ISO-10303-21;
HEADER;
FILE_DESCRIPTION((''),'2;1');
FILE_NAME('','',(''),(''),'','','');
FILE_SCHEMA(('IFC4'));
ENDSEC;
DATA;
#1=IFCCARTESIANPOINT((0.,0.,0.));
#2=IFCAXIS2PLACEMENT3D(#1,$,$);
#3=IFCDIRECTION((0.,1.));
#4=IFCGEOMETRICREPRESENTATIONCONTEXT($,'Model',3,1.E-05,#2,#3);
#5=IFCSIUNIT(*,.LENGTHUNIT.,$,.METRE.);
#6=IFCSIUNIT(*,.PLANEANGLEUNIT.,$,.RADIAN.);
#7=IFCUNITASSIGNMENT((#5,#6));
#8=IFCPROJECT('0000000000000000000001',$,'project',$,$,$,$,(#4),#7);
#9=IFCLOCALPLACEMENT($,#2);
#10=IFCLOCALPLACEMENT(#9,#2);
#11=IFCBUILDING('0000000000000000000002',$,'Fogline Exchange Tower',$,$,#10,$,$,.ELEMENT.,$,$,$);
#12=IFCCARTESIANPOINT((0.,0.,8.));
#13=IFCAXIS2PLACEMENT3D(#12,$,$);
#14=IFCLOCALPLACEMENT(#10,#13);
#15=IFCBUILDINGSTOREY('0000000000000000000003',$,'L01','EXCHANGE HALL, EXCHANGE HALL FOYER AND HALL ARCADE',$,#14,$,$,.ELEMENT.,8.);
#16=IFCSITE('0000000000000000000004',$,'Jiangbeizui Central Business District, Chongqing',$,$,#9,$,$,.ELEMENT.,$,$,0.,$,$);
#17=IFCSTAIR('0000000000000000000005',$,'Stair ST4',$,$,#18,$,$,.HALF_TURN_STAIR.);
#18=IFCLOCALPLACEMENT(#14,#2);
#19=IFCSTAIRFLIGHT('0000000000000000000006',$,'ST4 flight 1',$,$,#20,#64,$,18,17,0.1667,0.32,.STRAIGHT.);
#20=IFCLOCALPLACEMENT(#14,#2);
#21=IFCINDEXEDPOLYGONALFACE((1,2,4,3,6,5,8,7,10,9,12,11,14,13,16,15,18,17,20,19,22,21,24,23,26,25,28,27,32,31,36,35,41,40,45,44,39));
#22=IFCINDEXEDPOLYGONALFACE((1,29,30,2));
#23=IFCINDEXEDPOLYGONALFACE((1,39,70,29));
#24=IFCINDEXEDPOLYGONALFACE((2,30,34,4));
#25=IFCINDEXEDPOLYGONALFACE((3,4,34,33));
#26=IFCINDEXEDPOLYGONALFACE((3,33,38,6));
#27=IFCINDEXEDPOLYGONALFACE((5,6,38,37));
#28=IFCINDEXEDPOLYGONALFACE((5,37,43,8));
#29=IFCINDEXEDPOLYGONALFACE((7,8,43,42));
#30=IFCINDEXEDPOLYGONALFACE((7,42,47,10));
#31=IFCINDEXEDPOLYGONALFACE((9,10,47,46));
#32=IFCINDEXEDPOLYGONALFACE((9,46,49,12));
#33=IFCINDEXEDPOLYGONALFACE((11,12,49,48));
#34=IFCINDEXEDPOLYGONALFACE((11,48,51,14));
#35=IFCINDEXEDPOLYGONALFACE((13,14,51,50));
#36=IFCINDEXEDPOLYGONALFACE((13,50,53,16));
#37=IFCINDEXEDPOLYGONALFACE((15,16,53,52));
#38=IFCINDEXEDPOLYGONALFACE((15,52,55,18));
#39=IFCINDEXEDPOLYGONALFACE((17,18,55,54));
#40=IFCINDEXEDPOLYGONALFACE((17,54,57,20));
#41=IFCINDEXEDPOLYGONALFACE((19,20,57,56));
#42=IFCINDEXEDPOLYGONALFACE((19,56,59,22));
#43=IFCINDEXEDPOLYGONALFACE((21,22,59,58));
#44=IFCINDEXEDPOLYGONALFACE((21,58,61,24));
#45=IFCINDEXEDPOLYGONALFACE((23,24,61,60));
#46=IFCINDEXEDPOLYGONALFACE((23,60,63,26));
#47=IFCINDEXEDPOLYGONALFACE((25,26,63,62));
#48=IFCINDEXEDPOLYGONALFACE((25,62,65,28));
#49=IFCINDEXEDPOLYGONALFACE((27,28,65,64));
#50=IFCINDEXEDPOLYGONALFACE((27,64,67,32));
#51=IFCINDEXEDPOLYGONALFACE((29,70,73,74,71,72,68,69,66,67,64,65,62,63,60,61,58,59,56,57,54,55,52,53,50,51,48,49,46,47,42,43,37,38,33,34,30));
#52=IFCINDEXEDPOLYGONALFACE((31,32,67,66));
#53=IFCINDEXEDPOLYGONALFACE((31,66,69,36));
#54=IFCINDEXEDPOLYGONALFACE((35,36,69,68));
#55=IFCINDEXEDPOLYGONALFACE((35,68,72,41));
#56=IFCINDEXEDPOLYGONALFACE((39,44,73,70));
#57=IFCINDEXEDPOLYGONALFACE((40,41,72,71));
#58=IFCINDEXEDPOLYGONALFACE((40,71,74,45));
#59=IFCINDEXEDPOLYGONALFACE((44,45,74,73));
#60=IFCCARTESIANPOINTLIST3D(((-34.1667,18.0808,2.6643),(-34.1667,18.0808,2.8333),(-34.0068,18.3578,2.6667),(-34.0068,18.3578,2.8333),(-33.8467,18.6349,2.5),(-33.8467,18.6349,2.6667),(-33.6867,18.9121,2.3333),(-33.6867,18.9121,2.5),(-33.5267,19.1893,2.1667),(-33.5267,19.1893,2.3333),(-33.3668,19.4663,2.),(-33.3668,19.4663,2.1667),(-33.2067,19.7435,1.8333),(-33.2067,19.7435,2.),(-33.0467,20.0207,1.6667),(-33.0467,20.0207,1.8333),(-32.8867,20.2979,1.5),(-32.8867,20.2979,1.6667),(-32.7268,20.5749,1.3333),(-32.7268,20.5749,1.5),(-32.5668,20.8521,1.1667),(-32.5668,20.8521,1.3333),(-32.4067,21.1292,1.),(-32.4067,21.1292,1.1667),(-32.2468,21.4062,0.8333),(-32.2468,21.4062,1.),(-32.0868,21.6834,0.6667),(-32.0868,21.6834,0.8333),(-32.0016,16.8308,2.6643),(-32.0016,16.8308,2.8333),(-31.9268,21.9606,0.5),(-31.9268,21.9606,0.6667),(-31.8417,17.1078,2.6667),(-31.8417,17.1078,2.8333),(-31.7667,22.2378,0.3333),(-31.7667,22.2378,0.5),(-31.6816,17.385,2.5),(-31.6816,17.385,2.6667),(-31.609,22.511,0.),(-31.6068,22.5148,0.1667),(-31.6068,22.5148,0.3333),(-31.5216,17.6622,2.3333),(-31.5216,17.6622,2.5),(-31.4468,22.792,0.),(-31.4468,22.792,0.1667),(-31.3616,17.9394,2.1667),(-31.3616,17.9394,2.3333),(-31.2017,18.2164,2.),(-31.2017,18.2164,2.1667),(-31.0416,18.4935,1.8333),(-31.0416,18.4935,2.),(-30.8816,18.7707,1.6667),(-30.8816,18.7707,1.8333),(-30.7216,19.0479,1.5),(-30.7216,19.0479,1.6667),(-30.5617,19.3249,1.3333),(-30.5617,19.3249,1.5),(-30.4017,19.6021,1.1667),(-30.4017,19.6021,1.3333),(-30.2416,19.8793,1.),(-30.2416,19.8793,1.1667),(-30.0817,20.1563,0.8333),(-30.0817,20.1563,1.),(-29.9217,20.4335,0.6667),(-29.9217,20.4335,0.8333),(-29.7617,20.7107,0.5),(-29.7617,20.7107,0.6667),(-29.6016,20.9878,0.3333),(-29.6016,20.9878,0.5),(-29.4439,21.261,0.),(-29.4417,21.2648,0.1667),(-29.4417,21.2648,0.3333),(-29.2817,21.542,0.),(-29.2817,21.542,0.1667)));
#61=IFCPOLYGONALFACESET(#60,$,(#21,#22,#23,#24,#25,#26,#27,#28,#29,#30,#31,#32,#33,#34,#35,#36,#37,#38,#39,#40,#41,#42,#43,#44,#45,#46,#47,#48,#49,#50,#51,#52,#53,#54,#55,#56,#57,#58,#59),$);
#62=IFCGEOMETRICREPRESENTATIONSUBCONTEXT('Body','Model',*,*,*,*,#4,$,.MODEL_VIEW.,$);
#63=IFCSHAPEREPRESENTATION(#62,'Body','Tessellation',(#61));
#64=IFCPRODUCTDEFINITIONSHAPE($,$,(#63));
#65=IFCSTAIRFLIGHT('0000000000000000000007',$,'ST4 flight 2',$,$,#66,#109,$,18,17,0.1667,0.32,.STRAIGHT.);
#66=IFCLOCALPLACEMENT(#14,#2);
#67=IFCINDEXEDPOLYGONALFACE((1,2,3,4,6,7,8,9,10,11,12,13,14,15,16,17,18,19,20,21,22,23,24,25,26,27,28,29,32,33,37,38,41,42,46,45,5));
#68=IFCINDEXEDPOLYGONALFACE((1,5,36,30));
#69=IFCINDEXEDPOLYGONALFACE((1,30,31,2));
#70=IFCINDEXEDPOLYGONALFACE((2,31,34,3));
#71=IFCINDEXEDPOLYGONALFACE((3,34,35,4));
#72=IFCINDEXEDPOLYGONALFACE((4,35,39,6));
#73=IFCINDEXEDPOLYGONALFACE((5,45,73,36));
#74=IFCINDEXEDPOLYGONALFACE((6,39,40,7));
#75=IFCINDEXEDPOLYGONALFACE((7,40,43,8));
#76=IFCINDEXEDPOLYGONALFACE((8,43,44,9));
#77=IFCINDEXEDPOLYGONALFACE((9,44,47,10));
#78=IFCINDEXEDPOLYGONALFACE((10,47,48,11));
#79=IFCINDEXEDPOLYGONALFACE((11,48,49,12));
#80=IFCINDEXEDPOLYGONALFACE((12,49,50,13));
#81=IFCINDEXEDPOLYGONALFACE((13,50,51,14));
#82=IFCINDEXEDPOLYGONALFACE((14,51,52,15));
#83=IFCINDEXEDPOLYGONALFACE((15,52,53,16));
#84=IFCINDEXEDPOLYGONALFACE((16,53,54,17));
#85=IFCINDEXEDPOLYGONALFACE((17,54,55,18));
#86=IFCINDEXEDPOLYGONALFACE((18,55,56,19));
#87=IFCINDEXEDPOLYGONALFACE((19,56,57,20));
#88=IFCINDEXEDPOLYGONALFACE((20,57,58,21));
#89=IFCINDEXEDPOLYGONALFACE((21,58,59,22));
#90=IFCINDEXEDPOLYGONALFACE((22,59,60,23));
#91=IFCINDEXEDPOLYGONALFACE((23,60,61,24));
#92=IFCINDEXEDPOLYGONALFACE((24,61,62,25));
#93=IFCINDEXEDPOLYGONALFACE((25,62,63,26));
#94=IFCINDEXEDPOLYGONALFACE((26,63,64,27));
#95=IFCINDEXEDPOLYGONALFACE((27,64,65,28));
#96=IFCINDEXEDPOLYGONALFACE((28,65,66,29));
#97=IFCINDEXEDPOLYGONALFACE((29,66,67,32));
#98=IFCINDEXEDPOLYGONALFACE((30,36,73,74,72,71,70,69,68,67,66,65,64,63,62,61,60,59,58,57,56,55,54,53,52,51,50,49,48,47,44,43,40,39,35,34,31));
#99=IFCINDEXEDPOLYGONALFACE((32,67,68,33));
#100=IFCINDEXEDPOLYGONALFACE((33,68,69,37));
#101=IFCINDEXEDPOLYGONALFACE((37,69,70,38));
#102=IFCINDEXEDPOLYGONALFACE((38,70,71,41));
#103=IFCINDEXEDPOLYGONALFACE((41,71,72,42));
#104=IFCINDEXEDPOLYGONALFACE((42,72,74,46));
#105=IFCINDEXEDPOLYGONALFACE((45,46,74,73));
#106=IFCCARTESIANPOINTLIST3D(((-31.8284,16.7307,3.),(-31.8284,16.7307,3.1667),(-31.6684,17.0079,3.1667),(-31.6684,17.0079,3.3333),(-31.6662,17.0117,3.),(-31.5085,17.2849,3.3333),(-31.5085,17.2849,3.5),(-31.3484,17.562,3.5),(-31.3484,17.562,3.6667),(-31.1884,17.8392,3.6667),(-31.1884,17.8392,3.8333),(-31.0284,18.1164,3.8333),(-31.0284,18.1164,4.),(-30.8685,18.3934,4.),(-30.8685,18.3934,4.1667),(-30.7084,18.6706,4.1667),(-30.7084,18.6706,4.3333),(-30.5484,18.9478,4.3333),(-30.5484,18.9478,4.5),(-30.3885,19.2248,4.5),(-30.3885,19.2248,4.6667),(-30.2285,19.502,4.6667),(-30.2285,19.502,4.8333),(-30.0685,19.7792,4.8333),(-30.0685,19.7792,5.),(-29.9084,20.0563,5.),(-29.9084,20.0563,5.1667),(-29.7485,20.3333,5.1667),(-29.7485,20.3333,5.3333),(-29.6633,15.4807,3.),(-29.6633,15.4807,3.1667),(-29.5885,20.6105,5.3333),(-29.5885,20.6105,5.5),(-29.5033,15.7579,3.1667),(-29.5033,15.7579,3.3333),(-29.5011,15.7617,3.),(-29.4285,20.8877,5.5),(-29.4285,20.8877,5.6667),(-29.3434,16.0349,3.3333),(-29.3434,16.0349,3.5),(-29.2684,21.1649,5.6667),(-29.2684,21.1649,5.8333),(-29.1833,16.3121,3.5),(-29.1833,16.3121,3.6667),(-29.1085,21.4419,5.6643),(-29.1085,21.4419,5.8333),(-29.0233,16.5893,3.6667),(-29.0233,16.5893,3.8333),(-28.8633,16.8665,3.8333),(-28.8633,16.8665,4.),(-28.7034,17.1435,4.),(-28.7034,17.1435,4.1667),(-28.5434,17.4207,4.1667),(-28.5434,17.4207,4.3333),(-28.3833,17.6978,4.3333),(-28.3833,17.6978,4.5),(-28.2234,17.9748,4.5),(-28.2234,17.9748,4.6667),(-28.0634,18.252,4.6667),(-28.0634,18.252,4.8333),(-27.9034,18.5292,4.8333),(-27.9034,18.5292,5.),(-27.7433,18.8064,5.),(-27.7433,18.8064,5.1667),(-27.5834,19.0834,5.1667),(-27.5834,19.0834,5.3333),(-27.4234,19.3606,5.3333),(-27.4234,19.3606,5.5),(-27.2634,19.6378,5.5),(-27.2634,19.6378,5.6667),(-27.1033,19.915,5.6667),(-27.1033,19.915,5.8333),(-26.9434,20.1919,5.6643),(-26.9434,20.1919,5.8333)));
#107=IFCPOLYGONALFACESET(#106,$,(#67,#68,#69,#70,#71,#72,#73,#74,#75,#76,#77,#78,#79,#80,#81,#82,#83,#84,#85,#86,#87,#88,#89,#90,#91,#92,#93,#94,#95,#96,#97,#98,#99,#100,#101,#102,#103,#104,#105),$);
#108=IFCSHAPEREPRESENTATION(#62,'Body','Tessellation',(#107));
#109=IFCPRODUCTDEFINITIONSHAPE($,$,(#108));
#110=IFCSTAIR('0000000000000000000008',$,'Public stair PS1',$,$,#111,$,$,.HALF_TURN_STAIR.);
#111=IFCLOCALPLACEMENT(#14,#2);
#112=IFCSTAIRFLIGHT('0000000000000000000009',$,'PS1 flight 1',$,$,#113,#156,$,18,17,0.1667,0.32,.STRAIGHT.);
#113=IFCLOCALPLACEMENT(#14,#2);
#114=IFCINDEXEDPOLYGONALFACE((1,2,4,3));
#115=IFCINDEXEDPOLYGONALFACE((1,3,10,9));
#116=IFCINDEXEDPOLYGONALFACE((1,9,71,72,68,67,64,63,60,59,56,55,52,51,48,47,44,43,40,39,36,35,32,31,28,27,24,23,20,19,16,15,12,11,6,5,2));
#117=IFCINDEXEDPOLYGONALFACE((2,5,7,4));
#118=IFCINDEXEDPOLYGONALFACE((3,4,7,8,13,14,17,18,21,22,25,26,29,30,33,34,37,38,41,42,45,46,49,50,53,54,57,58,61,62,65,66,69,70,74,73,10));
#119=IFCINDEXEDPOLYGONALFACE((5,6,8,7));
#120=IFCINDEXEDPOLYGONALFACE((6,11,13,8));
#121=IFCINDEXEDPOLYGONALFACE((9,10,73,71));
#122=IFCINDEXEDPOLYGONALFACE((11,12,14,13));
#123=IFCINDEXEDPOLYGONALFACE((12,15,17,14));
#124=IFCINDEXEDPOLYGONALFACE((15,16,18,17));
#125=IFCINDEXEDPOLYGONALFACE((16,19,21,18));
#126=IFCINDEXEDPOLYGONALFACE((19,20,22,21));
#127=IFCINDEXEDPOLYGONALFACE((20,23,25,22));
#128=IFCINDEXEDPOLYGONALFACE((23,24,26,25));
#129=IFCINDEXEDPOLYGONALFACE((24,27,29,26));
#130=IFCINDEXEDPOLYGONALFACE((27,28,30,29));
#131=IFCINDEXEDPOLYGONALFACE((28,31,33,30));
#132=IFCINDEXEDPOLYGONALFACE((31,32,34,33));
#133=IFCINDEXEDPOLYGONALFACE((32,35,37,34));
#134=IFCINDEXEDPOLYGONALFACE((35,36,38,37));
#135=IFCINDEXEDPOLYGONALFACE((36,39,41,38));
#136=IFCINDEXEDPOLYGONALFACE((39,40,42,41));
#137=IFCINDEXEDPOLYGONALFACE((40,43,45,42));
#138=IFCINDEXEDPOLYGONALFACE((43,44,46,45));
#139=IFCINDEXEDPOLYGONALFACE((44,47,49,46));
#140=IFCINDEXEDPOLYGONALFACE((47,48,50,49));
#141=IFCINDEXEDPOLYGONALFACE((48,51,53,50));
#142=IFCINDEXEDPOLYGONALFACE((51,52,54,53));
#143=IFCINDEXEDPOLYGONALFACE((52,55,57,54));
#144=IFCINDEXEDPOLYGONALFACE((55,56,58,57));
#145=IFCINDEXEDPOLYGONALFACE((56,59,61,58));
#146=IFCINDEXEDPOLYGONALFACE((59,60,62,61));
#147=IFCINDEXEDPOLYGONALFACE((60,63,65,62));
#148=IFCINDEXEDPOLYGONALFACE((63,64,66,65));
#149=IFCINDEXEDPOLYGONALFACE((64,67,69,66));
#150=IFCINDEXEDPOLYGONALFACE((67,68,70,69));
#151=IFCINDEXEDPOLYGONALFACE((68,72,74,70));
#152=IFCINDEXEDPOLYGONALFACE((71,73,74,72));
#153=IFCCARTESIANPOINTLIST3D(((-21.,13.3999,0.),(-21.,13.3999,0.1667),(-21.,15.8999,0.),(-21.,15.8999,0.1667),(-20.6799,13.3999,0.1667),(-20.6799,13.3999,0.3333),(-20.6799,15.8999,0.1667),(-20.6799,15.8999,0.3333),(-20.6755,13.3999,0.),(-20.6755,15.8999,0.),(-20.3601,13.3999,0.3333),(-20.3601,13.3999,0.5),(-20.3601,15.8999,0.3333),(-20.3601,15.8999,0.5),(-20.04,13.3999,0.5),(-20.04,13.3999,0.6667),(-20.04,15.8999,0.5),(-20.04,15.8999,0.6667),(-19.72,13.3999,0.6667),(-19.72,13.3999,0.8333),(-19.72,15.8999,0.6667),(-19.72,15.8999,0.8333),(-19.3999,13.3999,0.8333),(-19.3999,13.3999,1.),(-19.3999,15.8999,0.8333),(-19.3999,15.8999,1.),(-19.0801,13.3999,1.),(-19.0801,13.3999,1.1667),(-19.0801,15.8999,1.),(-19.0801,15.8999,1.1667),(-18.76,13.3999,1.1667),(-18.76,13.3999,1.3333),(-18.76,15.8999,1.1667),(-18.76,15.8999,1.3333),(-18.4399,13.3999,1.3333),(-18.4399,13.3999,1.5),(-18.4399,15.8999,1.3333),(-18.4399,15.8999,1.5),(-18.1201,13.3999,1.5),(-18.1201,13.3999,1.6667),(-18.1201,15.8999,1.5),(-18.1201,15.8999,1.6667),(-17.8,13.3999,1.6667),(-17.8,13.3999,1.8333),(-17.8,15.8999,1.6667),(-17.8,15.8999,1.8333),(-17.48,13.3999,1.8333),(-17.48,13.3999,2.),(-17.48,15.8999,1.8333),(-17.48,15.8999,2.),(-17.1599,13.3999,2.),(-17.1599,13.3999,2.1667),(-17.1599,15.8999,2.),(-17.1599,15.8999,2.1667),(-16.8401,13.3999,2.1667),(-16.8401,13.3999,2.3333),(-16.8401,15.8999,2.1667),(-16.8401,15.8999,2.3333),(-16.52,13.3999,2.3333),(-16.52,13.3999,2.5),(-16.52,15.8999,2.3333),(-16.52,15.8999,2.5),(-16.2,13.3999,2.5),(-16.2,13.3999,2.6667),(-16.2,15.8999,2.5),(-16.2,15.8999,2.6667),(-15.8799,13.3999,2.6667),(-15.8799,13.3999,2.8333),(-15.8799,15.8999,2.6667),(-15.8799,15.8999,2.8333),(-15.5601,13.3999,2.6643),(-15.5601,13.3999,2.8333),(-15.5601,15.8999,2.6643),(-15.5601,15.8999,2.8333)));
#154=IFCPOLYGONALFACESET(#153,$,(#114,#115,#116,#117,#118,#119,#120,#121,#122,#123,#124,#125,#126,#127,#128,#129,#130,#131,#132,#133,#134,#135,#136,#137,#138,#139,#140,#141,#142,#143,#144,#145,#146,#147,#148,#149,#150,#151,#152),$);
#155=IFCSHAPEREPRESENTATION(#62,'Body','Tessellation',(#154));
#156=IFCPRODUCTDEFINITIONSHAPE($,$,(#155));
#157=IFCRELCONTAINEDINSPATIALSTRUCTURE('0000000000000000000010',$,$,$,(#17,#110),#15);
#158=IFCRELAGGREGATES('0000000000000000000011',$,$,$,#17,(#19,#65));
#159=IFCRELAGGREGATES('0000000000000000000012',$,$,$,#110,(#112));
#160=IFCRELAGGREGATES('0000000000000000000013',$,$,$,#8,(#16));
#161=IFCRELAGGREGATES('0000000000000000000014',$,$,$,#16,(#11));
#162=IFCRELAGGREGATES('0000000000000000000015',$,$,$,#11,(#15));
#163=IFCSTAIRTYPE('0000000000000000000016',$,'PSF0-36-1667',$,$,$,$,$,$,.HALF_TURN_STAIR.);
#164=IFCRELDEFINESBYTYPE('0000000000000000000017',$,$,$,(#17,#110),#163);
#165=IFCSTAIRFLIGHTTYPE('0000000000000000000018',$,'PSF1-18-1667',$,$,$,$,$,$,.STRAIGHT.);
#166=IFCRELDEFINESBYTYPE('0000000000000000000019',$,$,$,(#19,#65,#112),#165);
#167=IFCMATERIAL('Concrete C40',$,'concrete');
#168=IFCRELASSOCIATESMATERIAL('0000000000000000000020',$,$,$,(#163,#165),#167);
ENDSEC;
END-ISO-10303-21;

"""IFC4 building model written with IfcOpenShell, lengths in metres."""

from ifc_helpers import new_model, si_unit, direction, frame, origin, place, context, subcontext, project, spatial, polyline, outline, extrude, material, type_object, element, aggregate, save


model = new_model("IFC4")

# Units and contexts
model_context = context("Model", 3, precision=1e-05, world=origin(), true_north=direction((0.0, 1.0)))
body_context = subcontext(model_context, "Body", "Model", "MODEL_VIEW")
ifc_project = project(units=[si_unit("LENGTHUNIT", "METRE"), si_unit("PLANEANGLEUNIT", "RADIAN")], contexts=[model_context])

# Site, building, storey
site_placement = place(None, origin())
site = spatial("IfcSite", under=ifc_project, at=site_placement, Name="Jiangbeizui Central Business District, Chongqing", CompositionType="ELEMENT", RefElevation=0.0)
building_placement = place(site_placement, origin())
building = spatial("IfcBuilding", under=site, at=building_placement, Name="Fogline Exchange Tower", CompositionType="ELEMENT")
storey_placement = place(building_placement, frame((0.0, 0.0, 8.0)))
storey = spatial("IfcBuildingStorey", under=building, at=storey_placement, Name="L01", Description="EXCHANGE HALL, EXCHANGE HALL FOYER AND HALL ARCADE", CompositionType="ELEMENT", Elevation=8.0)

# Shared definitions
ifc_material_1 = material(Name="Concrete C40", Category="concrete")

# Stair, stair flights
stair_type = type_object("IfcStairType", Name="PSF0-36-1667", PredefinedType="HALF_TURN_STAIR", material=ifc_material_1)
stair_1_placement = place(storey_placement, origin())
stair_1 = element("IfcStair", 1, at=stair_1_placement, inside=storey, type_object=stair_type, Name="Stair ST4", PredefinedType="HALF_TURN_STAIR")
stair_flight_type = type_object("IfcStairFlightType", Name="PSF1-18-1667", PredefinedType="STRAIGHT", material=ifc_material_1)
stair_flight_1_placement = place(storey_placement, frame((-30.3643, 22.167, 0.0), z_axis=(0.0, 0.0, 1.0), x_axis=(-0.499979, -0.866037, 0.0)))
stair_flight_1 = element("IfcStairFlight", 2, at=stair_flight_1_placement, type_object=stair_flight_type, Name="ST4 flight 1", NumberOfRisers=18, NumberOfTreads=17, PredefinedType="STRAIGHT", RiserHeight=0.1667, TreadLength=0.32, context=body_context, shape_type="SweptSolid", body=[
    extrude(outline(polyline([(0.0, 0.0), (0.0, 0.1667), (0.3201, 0.1667), (0.3201, 0.3333), (0.6399, 0.3333), (0.6399, 0.5), (0.96, 0.5), (0.96, 0.6667), (1.28, 0.6667), (1.28, 0.8333), (1.6001, 0.8333), (1.6001, 1.0), (1.9199, 1.0), (1.9199, 1.1667), (2.24, 1.1667), (2.24, 1.3333), (2.5601, 1.3333), (2.5601, 1.5), (2.8799, 1.5), (2.8799, 1.6667), (3.2, 1.6667), (3.2, 1.8333), (3.52, 1.8333), (3.52, 2.0), (3.8401, 2.0), (3.8401, 2.1667), (4.1599, 2.1667), (4.1599, 2.3333), (4.48, 2.3333), (4.48, 2.5), (4.8, 2.5), (4.8, 2.6667), (5.1201, 2.6667), (5.1201, 2.8333), (5.4399, 2.8333), (5.4399, 3.0), (5.4399, 2.6643), (0.3245, 0.0), (0.0, 0.0)])), frame((0.0, 1.25, 0.0), z_axis=(0.0, -1.0, 0.0), x_axis=(1.0, 0.0, 0.0)), (0.0, 0.0, 1.0), 2.5),
])
stair_flight_2_placement = place(storey_placement, frame((-30.7458, 16.1057, 3.0), z_axis=(0.0, 0.0, 1.0), x_axis=(0.499979, 0.866037, 0.0)))
stair_flight_2 = element("IfcStairFlight", 3, at=stair_flight_2_placement, type_object=stair_flight_type, Name="ST4 flight 2", NumberOfRisers=18, NumberOfTreads=17, PredefinedType="STRAIGHT", RiserHeight=0.1667, TreadLength=0.32, context=body_context, shape_type="SweptSolid", body=[
    extrude(outline(polyline([(0.0, 0.0), (0.0, 0.1667), (0.3201, 0.1667), (0.3201, 0.3333), (0.6399, 0.3333), (0.6399, 0.5), (0.96, 0.5), (0.96, 0.6667), (1.28, 0.6667), (1.28, 0.8333), (1.6001, 0.8333), (1.6001, 1.0), (1.9199, 1.0), (1.9199, 1.1667), (2.24, 1.1667), (2.24, 1.3333), (2.5601, 1.3333), (2.5601, 1.5), (2.8799, 1.5), (2.8799, 1.6667), (3.2, 1.6667), (3.2, 1.8333), (3.52, 1.8333), (3.52, 2.0), (3.8401, 2.0), (3.8401, 2.1667), (4.1599, 2.1667), (4.1599, 2.3333), (4.48, 2.3333), (4.48, 2.5), (4.8, 2.5), (4.8, 2.6667), (5.1201, 2.6667), (5.1201, 2.8333), (5.4399, 2.8333), (5.4399, 3.0), (5.4399, 2.6643), (0.3245, 0.0), (0.0, 0.0)])), frame((0.0, 1.25, 0.0), z_axis=(0.0, -1.0, 0.0), x_axis=(1.0, 0.0, 0.0)), (0.0, 0.0, 1.0), 2.5),
])
aggregate(stair_1, [stair_flight_1, stair_flight_2])

# Stair, stair flight
stair_2_placement = place(storey_placement, origin())
stair_2 = element("IfcStair", 4, at=stair_2_placement, inside=storey, type_object=stair_type, Name="Public stair PS1", PredefinedType="HALF_TURN_STAIR")
stair_flight_3_placement = place(storey_placement, frame((-21.0, 14.6499, 0.0), z_axis=(0.0, 0.0, 1.0), x_axis=(1.0, 0.0, 0.0)))
stair_flight_3 = element("IfcStairFlight", 5, at=stair_flight_3_placement, type_object=stair_flight_type, Name="PS1 flight 1", NumberOfRisers=18, NumberOfTreads=17, PredefinedType="STRAIGHT", RiserHeight=0.1667, TreadLength=0.32, context=body_context, shape_type="SweptSolid", body=[
    extrude(outline(polyline([(0.0, 0.0), (0.0, 0.1667), (0.3201, 0.1667), (0.3201, 0.3333), (0.6399, 0.3333), (0.6399, 0.5), (0.96, 0.5), (0.96, 0.6667), (1.28, 0.6667), (1.28, 0.8333), (1.6001, 0.8333), (1.6001, 1.0), (1.9199, 1.0), (1.9199, 1.1667), (2.24, 1.1667), (2.24, 1.3333), (2.5601, 1.3333), (2.5601, 1.5), (2.8799, 1.5), (2.8799, 1.6667), (3.2, 1.6667), (3.2, 1.8333), (3.52, 1.8333), (3.52, 2.0), (3.8401, 2.0), (3.8401, 2.1667), (4.1599, 2.1667), (4.1599, 2.3333), (4.48, 2.3333), (4.48, 2.5), (4.8, 2.5), (4.8, 2.6667), (5.1201, 2.6667), (5.1201, 2.8333), (5.4399, 2.8333), (5.4399, 3.0), (5.4399, 2.6643), (0.3245, 0.0), (0.0, 0.0)])), frame((0.0, 1.25, 0.0), z_axis=(0.0, -1.0, 0.0), x_axis=(1.0, 0.0, 0.0)), (0.0, 0.0, 1.0), 2.5),
])
aggregate(stair_2, [stair_flight_3])

save(model, "model.ifc")
